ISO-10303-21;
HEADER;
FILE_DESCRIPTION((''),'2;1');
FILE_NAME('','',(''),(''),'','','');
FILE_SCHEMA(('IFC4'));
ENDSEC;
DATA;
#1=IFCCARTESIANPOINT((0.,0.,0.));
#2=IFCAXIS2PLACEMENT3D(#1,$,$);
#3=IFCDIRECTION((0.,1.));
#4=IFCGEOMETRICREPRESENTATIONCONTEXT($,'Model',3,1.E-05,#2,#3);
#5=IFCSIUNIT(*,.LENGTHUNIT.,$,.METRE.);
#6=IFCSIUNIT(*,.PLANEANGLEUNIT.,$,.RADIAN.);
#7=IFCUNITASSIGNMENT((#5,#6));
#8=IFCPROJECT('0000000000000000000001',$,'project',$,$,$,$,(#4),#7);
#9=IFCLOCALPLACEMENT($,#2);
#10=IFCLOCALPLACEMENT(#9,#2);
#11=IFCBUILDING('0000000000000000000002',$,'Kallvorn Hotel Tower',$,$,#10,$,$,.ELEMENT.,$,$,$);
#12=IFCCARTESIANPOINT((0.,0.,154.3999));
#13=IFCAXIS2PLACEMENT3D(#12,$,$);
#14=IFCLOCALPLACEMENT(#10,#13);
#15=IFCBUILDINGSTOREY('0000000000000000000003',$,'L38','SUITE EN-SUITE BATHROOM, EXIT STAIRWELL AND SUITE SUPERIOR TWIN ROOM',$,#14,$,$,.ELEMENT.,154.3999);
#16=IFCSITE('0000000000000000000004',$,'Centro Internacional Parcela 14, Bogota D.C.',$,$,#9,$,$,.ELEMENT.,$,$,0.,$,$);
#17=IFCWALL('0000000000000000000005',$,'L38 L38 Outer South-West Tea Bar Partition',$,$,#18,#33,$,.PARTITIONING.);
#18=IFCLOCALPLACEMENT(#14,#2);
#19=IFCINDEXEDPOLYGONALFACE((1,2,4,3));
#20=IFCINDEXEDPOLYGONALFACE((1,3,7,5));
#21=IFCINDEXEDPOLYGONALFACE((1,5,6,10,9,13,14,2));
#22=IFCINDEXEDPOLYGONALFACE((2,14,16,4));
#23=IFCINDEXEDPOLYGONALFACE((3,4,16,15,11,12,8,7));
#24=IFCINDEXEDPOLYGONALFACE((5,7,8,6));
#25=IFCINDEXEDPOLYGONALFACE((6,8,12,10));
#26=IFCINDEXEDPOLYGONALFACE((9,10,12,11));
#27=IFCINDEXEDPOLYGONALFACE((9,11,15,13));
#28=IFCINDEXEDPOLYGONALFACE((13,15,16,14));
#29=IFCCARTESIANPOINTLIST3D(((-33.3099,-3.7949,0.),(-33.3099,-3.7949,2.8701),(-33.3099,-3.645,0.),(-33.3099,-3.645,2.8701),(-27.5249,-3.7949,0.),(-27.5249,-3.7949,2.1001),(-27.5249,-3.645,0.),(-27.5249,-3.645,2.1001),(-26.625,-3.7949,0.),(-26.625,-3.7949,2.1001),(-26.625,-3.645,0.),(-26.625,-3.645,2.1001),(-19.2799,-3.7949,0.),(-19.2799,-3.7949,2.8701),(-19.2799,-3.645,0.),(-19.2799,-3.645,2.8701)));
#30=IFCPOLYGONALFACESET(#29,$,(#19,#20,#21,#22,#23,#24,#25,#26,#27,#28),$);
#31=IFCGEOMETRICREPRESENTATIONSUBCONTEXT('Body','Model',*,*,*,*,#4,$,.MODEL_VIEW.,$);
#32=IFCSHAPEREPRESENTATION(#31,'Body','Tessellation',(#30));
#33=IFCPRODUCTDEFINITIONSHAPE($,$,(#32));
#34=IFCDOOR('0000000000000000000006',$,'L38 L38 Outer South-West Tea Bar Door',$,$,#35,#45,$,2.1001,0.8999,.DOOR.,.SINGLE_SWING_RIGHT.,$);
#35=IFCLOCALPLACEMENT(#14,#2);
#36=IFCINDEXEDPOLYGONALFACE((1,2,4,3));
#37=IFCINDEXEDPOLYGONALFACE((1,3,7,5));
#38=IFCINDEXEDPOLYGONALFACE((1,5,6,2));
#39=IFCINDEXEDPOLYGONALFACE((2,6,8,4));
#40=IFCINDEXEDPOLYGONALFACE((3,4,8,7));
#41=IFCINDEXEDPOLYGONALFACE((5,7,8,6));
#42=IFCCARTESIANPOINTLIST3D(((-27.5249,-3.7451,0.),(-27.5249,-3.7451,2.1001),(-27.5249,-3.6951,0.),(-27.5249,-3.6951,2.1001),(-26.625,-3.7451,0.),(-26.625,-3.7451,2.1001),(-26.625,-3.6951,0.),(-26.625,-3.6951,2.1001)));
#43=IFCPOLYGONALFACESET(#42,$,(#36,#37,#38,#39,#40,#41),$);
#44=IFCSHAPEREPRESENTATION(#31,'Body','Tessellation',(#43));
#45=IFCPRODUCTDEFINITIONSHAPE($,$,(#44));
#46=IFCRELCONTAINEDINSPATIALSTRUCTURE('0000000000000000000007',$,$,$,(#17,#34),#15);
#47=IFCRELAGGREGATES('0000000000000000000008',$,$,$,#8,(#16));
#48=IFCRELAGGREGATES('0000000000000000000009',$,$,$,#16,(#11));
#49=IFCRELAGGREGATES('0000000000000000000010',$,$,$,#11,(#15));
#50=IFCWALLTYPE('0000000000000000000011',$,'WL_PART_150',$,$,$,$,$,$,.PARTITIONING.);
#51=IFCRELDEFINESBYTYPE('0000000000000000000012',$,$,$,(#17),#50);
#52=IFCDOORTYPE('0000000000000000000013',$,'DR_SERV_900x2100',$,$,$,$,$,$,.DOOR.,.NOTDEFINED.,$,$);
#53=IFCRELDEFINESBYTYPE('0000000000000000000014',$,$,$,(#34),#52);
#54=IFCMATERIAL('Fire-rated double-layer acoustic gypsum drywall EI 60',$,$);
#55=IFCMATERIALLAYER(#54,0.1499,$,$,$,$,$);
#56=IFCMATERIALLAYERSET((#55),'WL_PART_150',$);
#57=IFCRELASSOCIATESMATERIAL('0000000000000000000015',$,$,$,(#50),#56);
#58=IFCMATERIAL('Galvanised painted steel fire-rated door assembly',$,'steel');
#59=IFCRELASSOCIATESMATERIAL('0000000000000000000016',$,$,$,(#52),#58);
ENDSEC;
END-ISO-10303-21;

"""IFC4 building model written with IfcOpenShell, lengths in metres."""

from ifc_helpers import new_model, si_unit, direction, frame, frame_2d, origin, place, context, subcontext, project, spatial, rectangle, extrude, material, layer, layer_set, type_object, element, fill, save


model = new_model("IFC4")

# Units and contexts
model_context = context("Model", 3, precision=1e-05, world=origin(), true_north=direction((0.0, 1.0)))
body_context = subcontext(model_context, "Body", "Model", "MODEL_VIEW")
ifc_project = project(units=[si_unit("LENGTHUNIT", "METRE"), si_unit("PLANEANGLEUNIT", "RADIAN")], contexts=[model_context])

# Site, building, storey
site_placement = place(None, origin())
site = spatial("IfcSite", under=ifc_project, at=site_placement, Name="Centro Internacional Parcela 14, Bogota D.C.", CompositionType="ELEMENT", RefElevation=0.0)
building_placement = place(site_placement, origin())
building = spatial("IfcBuilding", under=site, at=building_placement, Name="Kallvorn Hotel Tower", CompositionType="ELEMENT")
storey_placement = place(building_placement, frame((0.0, 0.0, 154.3999)))
storey = spatial("IfcBuildingStorey", under=building, at=storey_placement, Name="L38", Description="SUITE EN-SUITE BATHROOM, EXIT STAIRWELL AND SUITE SUPERIOR TWIN ROOM", CompositionType="ELEMENT", Elevation=154.3999)

# Wall, opening, door
ifc_material_1 = material(Name="Fire-rated double-layer acoustic gypsum drywall EI 60")
ifc_layer = layer(ifc_material_1, 0.1499)
ifc_layer_set = layer_set([ifc_layer], Name="WL_PART_150")
wall_type = type_object("IfcWallType", Name="WL_PART_150", PredefinedType="PARTITIONING", material=ifc_layer_set)
wall_placement = place(storey_placement, frame((-33.3101, -3.72, 0.0), z_axis=(0.0, 0.0, 1.0), x_axis=(1.0, 0.0, 0.0)))
wall = element("IfcWall", 1, at=wall_placement, inside=storey, type_object=wall_type, Name="L38 L38 Outer South-West Tea Bar Partition", PredefinedType="PARTITIONING", context=body_context, shape_type="SweptSolid", body=[
    extrude(rectangle(XDim=14.03, YDim=0.1499, at=frame_2d((7.0151, 0.0))), origin(), (0.0, 0.0, 1.0), 2.8701),
])
opening_placement = place(wall_placement, frame((5.7852, 0.0, 0.0)))
opening = element("IfcOpeningElement", 2, at=opening_placement, cuts=wall, PredefinedType="OPENING", context=body_context, shape_type="SweptSolid", body=[
    extrude(rectangle(XDim=0.8999, YDim=2.1001, at=frame_2d((0.45, 1.05))), frame((0.0, 0.0898, 0.0), z_axis=(0.0, -1.0, 0.0), x_axis=(1.0, 0.0, 0.0)), (0.0, 0.0, 1.0), 0.1799),
])
ifc_material_2 = material(Name="Galvanised painted steel fire-rated door assembly", Category="steel")
door_type = type_object("IfcDoorType", Name="DR_SERV_900x2100", OperationType="NOTDEFINED", PredefinedType="DOOR", material=ifc_material_2)
door_placement = place(opening_placement, origin())
door = element("IfcDoor", 3, at=door_placement, inside=storey, type_object=door_type, Name="L38 L38 Outer South-West Tea Bar Door", OperationType="SINGLE_SWING_RIGHT", OverallHeight=2.1001, OverallWidth=0.8999, PredefinedType="DOOR", context=body_context, shape_type="SweptSolid", body=[
    extrude(rectangle(XDim=0.8999, YDim=2.1001, at=frame_2d((0.45, 1.05))), frame((0.0, 0.0249, 0.0), z_axis=(0.0, -1.0, 0.0), x_axis=(1.0, 0.0, 0.0)), (0.0, 0.0, 1.0), 0.05),
])
fill(opening, door)

save(model, "model.ifc")
